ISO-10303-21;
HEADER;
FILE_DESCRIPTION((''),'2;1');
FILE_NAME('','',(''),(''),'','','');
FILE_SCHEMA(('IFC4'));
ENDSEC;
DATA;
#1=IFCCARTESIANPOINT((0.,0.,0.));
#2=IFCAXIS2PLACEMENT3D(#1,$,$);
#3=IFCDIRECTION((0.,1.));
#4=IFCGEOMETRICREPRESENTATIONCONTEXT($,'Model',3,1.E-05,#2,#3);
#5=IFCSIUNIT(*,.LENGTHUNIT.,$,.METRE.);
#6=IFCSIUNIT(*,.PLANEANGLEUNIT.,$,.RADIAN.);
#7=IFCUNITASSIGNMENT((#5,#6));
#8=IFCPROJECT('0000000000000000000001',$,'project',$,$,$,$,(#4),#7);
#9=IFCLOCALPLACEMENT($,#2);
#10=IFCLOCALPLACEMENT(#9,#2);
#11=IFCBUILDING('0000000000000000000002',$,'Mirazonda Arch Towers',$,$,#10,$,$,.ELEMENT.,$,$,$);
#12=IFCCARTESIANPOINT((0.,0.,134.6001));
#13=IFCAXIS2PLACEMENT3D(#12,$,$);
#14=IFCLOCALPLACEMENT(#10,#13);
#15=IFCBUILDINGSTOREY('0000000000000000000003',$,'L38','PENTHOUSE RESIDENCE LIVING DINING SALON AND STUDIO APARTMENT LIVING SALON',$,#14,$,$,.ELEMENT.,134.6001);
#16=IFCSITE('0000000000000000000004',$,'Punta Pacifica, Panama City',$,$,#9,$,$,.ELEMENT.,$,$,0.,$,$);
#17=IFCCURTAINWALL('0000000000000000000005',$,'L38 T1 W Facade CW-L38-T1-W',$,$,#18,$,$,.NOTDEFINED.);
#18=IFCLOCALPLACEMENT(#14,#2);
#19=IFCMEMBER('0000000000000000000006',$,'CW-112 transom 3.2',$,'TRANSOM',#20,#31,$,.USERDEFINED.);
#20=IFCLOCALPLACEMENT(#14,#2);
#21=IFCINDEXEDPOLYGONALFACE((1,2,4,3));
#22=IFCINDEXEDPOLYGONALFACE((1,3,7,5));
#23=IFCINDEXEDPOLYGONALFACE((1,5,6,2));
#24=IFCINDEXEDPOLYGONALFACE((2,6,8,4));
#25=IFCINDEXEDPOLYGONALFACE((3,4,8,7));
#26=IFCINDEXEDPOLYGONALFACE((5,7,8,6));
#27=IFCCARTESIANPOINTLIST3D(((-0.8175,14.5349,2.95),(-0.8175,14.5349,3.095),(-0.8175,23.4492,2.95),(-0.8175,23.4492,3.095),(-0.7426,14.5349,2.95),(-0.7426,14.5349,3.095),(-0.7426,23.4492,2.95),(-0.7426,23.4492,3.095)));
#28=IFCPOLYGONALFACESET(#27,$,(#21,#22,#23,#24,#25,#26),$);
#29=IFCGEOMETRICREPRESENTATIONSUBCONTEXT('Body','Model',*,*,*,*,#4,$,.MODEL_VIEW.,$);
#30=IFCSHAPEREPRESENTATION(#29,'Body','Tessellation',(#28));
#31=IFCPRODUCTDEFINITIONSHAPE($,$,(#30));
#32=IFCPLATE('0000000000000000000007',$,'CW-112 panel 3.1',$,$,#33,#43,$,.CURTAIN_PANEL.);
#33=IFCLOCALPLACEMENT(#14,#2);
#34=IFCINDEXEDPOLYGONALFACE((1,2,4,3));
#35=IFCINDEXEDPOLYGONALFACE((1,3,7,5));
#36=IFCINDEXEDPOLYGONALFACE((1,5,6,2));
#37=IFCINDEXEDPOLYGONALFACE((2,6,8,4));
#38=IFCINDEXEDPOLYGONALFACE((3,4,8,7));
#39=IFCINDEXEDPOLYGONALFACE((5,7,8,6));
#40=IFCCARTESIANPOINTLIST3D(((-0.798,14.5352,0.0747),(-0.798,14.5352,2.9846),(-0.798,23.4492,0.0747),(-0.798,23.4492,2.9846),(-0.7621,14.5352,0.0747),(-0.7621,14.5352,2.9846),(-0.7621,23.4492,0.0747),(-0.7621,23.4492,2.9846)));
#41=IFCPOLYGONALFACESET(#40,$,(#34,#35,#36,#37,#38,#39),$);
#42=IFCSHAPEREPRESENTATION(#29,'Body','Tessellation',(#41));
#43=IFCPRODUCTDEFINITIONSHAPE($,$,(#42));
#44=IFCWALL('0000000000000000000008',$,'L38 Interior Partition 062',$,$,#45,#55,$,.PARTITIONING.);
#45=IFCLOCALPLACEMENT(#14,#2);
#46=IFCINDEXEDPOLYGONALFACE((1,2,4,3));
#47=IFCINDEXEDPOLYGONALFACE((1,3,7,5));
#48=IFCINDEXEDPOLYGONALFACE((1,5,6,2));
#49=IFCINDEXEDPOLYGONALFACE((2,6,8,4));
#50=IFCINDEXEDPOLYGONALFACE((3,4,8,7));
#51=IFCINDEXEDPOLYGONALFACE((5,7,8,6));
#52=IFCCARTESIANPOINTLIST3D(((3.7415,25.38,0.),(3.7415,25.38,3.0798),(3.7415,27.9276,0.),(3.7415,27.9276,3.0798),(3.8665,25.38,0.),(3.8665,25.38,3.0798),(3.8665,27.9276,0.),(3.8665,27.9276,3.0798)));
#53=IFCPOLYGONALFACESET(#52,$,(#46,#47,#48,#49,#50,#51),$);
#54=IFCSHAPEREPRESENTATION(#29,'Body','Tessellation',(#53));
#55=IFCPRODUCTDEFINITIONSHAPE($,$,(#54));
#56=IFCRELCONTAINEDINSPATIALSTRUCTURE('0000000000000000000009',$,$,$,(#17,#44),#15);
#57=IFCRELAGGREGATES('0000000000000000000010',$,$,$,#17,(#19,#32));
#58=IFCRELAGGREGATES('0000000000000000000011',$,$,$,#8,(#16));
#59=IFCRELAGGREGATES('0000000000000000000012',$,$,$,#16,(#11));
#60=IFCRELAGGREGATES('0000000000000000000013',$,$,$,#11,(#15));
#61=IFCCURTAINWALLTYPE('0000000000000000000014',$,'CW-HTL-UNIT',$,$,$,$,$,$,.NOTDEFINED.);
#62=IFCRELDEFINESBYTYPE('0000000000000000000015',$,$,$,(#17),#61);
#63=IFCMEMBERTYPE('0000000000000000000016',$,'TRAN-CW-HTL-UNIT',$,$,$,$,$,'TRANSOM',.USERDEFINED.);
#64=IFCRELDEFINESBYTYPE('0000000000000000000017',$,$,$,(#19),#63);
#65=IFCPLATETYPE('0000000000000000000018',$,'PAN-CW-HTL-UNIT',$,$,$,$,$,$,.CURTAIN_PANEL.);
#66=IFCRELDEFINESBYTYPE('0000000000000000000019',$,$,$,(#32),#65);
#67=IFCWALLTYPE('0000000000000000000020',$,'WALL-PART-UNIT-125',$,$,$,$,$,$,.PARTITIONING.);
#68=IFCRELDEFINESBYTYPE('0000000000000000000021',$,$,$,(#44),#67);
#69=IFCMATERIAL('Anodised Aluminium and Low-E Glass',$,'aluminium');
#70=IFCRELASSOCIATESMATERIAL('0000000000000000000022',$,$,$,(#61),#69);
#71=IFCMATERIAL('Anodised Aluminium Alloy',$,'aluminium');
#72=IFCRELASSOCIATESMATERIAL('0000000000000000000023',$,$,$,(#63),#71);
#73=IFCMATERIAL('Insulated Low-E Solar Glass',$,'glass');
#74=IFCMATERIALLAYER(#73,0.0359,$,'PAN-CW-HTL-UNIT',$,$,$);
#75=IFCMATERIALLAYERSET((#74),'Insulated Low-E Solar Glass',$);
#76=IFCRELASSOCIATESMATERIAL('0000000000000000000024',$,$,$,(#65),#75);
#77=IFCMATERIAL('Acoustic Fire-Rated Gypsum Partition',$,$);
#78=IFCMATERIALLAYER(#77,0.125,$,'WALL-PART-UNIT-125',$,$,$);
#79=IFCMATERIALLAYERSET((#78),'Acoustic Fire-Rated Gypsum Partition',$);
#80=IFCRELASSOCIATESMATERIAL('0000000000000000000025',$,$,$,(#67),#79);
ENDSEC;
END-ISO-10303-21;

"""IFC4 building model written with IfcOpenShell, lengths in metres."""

from ifc_helpers import new_model, si_unit, direction, frame, frame_2d, origin, origin_2d, place, context, subcontext, project, spatial, rectangle, extrude, material, layer, layer_set, material_profile, profile_set, type_object, element, aggregate, save


model = new_model("IFC4")

# Units and contexts
model_context = context("Model", 3, precision=1e-05, world=origin(), true_north=direction((0.0, 1.0)))
body_context = subcontext(model_context, "Body", "Model", "MODEL_VIEW")
ifc_project = project(units=[si_unit("LENGTHUNIT", "METRE"), si_unit("PLANEANGLEUNIT", "RADIAN")], contexts=[model_context])

# Site, building, storey
site_placement = place(None, origin())
site = spatial("IfcSite", under=ifc_project, at=site_placement, Name="Punta Pacifica, Panama City", CompositionType="ELEMENT", RefElevation=0.0)
building_placement = place(site_placement, origin())
building = spatial("IfcBuilding", under=site, at=building_placement, Name="Mirazonda Arch Towers", CompositionType="ELEMENT")
storey_placement = place(building_placement, frame((0.0, 0.0, 134.6001)))
storey = spatial("IfcBuildingStorey", under=building, at=storey_placement, Name="L38", Description="PENTHOUSE RESIDENCE LIVING DINING SALON AND STUDIO APARTMENT LIVING SALON", CompositionType="ELEMENT", Elevation=134.6001)

# Curtain wall, member, plate
ifc_material_1 = material(Name="Anodised Aluminium and Low-E Glass", Category="aluminium")
curtain_wall_type = type_object("IfcCurtainWallType", Name="CW-HTL-UNIT", PredefinedType="NOTDEFINED", material=ifc_material_1)
curtain_wall_placement = place(storey_placement, origin())
curtain_wall = element("IfcCurtainWall", 1, at=curtain_wall_placement, inside=storey, type_object=curtain_wall_type, Name="L38 T1 W Facade CW-L38-T1-W", PredefinedType="NOTDEFINED")
ifc_material_2 = material(Name="Anodised Aluminium Alloy", Category="aluminium")
ifc_material_profile_1 = material_profile(ifc_material_2, rectangle(XDim=0.075, YDim=0.145, at=origin_2d()), Name="ALU-TRAN-75x145")
ifc_profile_set_1 = profile_set([ifc_material_profile_1], Name="Anodised Aluminium Alloy")
member_type_1 = type_object("IfcMemberType", Name="TRAN-CW-HTL-UNIT", ElementType="TRANSOM", PredefinedType="USERDEFINED", material=ifc_profile_set_1)
member_1_placement = place(storey_placement, frame((-0.78, 23.4492, 3.0225), z_axis=(0.0, -1.0, 0.0), x_axis=(1.0, 0.0, 0.0)))
member_1 = element("IfcMember", 2, at=member_1_placement, type_object=member_type_1, Name="CW-112 transom 3.2", ObjectType="TRANSOM", PredefinedType="USERDEFINED", context=body_context, shape_type="SweptSolid", body=[
    extrude(rectangle(XDim=0.075, YDim=0.145, at=origin_2d()), origin(), (0.0, 0.0, 1.0), 8.9143),
])
ifc_material_3 = material(Name="Insulated Low-E Solar Glass", Category="glass")
ifc_layer_1 = layer(ifc_material_3, 0.0359, Name="PAN-CW-HTL-UNIT")
ifc_layer_set_1 = layer_set([ifc_layer_1], Name="Insulated Low-E Solar Glass")
plate_type = type_object("IfcPlateType", Name="PAN-CW-HTL-UNIT", PredefinedType="CURTAIN_PANEL", material=ifc_layer_set_1)
plate_placement = place(storey_placement, frame((-0.78, 18.9922, 0.0747), z_axis=(0.0, 0.0, 1.0), x_axis=(0.0, -1.0, 0.0)))
plate = element("IfcPlate", 3, at=plate_placement, type_object=plate_type, Name="CW-112 panel 3.1", PredefinedType="CURTAIN_PANEL", context=body_context, shape_type="SweptSolid", body=[
    extrude(rectangle(XDim=8.9141, YDim=0.0359, at=origin_2d()), origin(), (0.0, 0.0, 1.0), 2.9099),
])
aggregate(curtain_wall, [member_1, plate])

# Wall
ifc_material_4 = material(Name="Acoustic Fire-Rated Gypsum Partition")
ifc_layer_2 = layer(ifc_material_4, 0.125, Name="WALL-PART-UNIT-125")
ifc_layer_set_2 = layer_set([ifc_layer_2], Name="Acoustic Fire-Rated Gypsum Partition")
wall_type_1 = type_object("IfcWallType", Name="WALL-PART-UNIT-125", PredefinedType="PARTITIONING", material=ifc_layer_set_2)
wall_1_placement = place(storey_placement, frame((3.804, 25.3799, 0.0), z_axis=(0.0, 0.0, 1.0), x_axis=(0.0, 1.0, 0.0)))
element("IfcWall", 4, at=wall_1_placement, inside=storey, type_object=wall_type_1, Name="L38 Interior Partition 062", PredefinedType="PARTITIONING", context=body_context, shape_type="SweptSolid", body=[
    extrude(rectangle(XDim=2.5476, YDim=0.125, at=frame_2d((1.2739, 0.0))), origin(), (0.0, 0.0, 1.0), 3.0798),
])

save(model, "model.ifc")
